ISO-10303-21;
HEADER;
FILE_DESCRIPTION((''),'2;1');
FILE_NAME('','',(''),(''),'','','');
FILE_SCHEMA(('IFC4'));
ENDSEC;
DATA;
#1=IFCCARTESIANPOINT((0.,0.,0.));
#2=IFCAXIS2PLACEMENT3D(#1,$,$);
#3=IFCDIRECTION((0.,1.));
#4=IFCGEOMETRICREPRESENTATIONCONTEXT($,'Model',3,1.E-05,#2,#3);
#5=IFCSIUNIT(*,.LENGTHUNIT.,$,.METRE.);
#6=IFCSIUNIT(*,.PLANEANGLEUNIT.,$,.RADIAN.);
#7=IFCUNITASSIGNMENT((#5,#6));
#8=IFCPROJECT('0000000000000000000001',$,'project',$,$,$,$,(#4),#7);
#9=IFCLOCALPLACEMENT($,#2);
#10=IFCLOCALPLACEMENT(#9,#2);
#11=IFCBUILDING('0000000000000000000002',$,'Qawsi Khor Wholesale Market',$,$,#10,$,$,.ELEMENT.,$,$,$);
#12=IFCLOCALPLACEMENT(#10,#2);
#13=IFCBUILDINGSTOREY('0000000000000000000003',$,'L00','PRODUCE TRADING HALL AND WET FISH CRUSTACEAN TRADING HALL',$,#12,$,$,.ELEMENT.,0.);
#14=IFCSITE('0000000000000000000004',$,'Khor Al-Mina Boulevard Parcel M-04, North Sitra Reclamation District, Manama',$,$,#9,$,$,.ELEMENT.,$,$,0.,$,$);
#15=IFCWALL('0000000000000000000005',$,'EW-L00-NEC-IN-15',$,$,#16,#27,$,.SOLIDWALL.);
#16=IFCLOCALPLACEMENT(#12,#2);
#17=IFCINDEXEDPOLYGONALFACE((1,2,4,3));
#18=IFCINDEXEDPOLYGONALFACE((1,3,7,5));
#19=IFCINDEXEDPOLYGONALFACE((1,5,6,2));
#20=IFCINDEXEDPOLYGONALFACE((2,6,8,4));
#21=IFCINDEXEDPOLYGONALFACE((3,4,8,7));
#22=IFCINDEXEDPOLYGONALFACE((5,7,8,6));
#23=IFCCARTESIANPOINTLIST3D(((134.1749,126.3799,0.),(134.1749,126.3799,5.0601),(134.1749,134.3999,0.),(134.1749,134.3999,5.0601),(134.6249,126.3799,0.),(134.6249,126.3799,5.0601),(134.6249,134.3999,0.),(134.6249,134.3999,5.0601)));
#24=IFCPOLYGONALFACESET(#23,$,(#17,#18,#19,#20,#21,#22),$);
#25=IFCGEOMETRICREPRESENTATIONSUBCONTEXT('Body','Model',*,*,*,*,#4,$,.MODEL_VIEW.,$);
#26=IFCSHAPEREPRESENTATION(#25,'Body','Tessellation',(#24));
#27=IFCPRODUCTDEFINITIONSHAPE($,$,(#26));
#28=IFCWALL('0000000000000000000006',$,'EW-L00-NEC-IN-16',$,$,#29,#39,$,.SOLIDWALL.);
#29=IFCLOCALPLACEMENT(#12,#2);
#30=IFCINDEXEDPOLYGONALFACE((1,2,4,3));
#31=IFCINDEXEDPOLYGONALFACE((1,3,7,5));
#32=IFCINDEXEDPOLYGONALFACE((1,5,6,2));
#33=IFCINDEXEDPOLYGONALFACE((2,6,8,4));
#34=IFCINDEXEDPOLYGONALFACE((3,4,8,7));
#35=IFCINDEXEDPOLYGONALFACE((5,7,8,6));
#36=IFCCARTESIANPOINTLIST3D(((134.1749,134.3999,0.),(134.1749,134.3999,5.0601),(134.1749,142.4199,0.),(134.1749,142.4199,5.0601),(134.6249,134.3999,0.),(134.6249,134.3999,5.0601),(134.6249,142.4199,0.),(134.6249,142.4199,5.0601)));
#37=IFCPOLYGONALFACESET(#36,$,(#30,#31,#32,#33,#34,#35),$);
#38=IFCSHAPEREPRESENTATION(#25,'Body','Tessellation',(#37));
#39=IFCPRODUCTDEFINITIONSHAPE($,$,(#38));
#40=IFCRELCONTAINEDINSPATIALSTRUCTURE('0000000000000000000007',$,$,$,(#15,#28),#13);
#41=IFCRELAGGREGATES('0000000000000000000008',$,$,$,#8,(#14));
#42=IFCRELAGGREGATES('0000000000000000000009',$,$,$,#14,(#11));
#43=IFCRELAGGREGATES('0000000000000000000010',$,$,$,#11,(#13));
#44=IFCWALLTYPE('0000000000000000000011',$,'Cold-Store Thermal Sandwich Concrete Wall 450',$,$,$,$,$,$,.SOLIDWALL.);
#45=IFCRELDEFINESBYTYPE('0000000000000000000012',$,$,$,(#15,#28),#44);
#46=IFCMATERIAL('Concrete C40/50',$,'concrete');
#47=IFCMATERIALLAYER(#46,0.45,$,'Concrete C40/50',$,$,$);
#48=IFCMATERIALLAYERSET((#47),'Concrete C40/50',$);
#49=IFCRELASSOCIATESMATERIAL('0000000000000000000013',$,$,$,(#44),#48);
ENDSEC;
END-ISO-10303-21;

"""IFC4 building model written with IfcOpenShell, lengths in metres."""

from ifc_helpers import new_model, si_unit, direction, frame, frame_2d, origin, place, context, subcontext, project, spatial, rectangle, extrude, material, layer, layer_set, type_object, element, save


model = new_model("IFC4")

# Units and contexts
model_context = context("Model", 3, precision=1e-05, world=origin(), true_north=direction((0.0, 1.0)))
body_context = subcontext(model_context, "Body", "Model", "MODEL_VIEW")
ifc_project = project(units=[si_unit("LENGTHUNIT", "METRE"), si_unit("PLANEANGLEUNIT", "RADIAN")], contexts=[model_context])

# Site, building, storey
site_placement = place(None, origin())
site = spatial("IfcSite", under=ifc_project, at=site_placement, Name="Khor Al-Mina Boulevard Parcel M-04, North Sitra Reclamation District, Manama", CompositionType="ELEMENT", RefElevation=0.0)
building_placement = place(site_placement, origin())
building = spatial("IfcBuilding", under=site, at=building_placement, Name="Qawsi Khor Wholesale Market", CompositionType="ELEMENT")
storey_placement = place(building_placement, origin())
storey = spatial("IfcBuildingStorey", under=building, at=storey_placement, Name="L00", Description="PRODUCE TRADING HALL AND WET FISH CRUSTACEAN TRADING HALL", CompositionType="ELEMENT", Elevation=0.0)

# Shared definitions
ifc_material_1 = material(Name="Concrete C40/50", Category="concrete")

# Walls
ifc_layer_1 = layer(ifc_material_1, 0.45, Name="Concrete C40/50")
ifc_layer_set_1 = layer_set([ifc_layer_1], Name="Concrete C40/50")
wall_type_1 = type_object("IfcWallType", Name="Cold-Store Thermal Sandwich Concrete Wall 450", PredefinedType="SOLIDWALL", material=ifc_layer_set_1)
for number, where, z_axis, x_axis, name in (
    (1, (134.3999, 126.3799, 0.0), (0.0, 0.0, 1.0), (0.0, 1.0, 0.0), "EW-L00-NEC-IN-15"),
    (2, (134.3999, 134.3999, 0.0), (0.0, 0.0, 1.0), (0.0, 1.0, 0.0), "EW-L00-NEC-IN-16"),
):
    element("IfcWall", number, at=place(storey_placement, frame(where, z_axis=z_axis, x_axis=x_axis)), inside=storey, type_object=wall_type_1, Name=name, PredefinedType="SOLIDWALL", context=body_context, shape_type="SweptSolid", body=[
        extrude(rectangle(XDim=8.02, YDim=0.45, at=frame_2d((4.01, 0.0))), origin(), (0.0, 0.0, 1.0), 5.0601),
    ])

save(model, "model.ifc")
